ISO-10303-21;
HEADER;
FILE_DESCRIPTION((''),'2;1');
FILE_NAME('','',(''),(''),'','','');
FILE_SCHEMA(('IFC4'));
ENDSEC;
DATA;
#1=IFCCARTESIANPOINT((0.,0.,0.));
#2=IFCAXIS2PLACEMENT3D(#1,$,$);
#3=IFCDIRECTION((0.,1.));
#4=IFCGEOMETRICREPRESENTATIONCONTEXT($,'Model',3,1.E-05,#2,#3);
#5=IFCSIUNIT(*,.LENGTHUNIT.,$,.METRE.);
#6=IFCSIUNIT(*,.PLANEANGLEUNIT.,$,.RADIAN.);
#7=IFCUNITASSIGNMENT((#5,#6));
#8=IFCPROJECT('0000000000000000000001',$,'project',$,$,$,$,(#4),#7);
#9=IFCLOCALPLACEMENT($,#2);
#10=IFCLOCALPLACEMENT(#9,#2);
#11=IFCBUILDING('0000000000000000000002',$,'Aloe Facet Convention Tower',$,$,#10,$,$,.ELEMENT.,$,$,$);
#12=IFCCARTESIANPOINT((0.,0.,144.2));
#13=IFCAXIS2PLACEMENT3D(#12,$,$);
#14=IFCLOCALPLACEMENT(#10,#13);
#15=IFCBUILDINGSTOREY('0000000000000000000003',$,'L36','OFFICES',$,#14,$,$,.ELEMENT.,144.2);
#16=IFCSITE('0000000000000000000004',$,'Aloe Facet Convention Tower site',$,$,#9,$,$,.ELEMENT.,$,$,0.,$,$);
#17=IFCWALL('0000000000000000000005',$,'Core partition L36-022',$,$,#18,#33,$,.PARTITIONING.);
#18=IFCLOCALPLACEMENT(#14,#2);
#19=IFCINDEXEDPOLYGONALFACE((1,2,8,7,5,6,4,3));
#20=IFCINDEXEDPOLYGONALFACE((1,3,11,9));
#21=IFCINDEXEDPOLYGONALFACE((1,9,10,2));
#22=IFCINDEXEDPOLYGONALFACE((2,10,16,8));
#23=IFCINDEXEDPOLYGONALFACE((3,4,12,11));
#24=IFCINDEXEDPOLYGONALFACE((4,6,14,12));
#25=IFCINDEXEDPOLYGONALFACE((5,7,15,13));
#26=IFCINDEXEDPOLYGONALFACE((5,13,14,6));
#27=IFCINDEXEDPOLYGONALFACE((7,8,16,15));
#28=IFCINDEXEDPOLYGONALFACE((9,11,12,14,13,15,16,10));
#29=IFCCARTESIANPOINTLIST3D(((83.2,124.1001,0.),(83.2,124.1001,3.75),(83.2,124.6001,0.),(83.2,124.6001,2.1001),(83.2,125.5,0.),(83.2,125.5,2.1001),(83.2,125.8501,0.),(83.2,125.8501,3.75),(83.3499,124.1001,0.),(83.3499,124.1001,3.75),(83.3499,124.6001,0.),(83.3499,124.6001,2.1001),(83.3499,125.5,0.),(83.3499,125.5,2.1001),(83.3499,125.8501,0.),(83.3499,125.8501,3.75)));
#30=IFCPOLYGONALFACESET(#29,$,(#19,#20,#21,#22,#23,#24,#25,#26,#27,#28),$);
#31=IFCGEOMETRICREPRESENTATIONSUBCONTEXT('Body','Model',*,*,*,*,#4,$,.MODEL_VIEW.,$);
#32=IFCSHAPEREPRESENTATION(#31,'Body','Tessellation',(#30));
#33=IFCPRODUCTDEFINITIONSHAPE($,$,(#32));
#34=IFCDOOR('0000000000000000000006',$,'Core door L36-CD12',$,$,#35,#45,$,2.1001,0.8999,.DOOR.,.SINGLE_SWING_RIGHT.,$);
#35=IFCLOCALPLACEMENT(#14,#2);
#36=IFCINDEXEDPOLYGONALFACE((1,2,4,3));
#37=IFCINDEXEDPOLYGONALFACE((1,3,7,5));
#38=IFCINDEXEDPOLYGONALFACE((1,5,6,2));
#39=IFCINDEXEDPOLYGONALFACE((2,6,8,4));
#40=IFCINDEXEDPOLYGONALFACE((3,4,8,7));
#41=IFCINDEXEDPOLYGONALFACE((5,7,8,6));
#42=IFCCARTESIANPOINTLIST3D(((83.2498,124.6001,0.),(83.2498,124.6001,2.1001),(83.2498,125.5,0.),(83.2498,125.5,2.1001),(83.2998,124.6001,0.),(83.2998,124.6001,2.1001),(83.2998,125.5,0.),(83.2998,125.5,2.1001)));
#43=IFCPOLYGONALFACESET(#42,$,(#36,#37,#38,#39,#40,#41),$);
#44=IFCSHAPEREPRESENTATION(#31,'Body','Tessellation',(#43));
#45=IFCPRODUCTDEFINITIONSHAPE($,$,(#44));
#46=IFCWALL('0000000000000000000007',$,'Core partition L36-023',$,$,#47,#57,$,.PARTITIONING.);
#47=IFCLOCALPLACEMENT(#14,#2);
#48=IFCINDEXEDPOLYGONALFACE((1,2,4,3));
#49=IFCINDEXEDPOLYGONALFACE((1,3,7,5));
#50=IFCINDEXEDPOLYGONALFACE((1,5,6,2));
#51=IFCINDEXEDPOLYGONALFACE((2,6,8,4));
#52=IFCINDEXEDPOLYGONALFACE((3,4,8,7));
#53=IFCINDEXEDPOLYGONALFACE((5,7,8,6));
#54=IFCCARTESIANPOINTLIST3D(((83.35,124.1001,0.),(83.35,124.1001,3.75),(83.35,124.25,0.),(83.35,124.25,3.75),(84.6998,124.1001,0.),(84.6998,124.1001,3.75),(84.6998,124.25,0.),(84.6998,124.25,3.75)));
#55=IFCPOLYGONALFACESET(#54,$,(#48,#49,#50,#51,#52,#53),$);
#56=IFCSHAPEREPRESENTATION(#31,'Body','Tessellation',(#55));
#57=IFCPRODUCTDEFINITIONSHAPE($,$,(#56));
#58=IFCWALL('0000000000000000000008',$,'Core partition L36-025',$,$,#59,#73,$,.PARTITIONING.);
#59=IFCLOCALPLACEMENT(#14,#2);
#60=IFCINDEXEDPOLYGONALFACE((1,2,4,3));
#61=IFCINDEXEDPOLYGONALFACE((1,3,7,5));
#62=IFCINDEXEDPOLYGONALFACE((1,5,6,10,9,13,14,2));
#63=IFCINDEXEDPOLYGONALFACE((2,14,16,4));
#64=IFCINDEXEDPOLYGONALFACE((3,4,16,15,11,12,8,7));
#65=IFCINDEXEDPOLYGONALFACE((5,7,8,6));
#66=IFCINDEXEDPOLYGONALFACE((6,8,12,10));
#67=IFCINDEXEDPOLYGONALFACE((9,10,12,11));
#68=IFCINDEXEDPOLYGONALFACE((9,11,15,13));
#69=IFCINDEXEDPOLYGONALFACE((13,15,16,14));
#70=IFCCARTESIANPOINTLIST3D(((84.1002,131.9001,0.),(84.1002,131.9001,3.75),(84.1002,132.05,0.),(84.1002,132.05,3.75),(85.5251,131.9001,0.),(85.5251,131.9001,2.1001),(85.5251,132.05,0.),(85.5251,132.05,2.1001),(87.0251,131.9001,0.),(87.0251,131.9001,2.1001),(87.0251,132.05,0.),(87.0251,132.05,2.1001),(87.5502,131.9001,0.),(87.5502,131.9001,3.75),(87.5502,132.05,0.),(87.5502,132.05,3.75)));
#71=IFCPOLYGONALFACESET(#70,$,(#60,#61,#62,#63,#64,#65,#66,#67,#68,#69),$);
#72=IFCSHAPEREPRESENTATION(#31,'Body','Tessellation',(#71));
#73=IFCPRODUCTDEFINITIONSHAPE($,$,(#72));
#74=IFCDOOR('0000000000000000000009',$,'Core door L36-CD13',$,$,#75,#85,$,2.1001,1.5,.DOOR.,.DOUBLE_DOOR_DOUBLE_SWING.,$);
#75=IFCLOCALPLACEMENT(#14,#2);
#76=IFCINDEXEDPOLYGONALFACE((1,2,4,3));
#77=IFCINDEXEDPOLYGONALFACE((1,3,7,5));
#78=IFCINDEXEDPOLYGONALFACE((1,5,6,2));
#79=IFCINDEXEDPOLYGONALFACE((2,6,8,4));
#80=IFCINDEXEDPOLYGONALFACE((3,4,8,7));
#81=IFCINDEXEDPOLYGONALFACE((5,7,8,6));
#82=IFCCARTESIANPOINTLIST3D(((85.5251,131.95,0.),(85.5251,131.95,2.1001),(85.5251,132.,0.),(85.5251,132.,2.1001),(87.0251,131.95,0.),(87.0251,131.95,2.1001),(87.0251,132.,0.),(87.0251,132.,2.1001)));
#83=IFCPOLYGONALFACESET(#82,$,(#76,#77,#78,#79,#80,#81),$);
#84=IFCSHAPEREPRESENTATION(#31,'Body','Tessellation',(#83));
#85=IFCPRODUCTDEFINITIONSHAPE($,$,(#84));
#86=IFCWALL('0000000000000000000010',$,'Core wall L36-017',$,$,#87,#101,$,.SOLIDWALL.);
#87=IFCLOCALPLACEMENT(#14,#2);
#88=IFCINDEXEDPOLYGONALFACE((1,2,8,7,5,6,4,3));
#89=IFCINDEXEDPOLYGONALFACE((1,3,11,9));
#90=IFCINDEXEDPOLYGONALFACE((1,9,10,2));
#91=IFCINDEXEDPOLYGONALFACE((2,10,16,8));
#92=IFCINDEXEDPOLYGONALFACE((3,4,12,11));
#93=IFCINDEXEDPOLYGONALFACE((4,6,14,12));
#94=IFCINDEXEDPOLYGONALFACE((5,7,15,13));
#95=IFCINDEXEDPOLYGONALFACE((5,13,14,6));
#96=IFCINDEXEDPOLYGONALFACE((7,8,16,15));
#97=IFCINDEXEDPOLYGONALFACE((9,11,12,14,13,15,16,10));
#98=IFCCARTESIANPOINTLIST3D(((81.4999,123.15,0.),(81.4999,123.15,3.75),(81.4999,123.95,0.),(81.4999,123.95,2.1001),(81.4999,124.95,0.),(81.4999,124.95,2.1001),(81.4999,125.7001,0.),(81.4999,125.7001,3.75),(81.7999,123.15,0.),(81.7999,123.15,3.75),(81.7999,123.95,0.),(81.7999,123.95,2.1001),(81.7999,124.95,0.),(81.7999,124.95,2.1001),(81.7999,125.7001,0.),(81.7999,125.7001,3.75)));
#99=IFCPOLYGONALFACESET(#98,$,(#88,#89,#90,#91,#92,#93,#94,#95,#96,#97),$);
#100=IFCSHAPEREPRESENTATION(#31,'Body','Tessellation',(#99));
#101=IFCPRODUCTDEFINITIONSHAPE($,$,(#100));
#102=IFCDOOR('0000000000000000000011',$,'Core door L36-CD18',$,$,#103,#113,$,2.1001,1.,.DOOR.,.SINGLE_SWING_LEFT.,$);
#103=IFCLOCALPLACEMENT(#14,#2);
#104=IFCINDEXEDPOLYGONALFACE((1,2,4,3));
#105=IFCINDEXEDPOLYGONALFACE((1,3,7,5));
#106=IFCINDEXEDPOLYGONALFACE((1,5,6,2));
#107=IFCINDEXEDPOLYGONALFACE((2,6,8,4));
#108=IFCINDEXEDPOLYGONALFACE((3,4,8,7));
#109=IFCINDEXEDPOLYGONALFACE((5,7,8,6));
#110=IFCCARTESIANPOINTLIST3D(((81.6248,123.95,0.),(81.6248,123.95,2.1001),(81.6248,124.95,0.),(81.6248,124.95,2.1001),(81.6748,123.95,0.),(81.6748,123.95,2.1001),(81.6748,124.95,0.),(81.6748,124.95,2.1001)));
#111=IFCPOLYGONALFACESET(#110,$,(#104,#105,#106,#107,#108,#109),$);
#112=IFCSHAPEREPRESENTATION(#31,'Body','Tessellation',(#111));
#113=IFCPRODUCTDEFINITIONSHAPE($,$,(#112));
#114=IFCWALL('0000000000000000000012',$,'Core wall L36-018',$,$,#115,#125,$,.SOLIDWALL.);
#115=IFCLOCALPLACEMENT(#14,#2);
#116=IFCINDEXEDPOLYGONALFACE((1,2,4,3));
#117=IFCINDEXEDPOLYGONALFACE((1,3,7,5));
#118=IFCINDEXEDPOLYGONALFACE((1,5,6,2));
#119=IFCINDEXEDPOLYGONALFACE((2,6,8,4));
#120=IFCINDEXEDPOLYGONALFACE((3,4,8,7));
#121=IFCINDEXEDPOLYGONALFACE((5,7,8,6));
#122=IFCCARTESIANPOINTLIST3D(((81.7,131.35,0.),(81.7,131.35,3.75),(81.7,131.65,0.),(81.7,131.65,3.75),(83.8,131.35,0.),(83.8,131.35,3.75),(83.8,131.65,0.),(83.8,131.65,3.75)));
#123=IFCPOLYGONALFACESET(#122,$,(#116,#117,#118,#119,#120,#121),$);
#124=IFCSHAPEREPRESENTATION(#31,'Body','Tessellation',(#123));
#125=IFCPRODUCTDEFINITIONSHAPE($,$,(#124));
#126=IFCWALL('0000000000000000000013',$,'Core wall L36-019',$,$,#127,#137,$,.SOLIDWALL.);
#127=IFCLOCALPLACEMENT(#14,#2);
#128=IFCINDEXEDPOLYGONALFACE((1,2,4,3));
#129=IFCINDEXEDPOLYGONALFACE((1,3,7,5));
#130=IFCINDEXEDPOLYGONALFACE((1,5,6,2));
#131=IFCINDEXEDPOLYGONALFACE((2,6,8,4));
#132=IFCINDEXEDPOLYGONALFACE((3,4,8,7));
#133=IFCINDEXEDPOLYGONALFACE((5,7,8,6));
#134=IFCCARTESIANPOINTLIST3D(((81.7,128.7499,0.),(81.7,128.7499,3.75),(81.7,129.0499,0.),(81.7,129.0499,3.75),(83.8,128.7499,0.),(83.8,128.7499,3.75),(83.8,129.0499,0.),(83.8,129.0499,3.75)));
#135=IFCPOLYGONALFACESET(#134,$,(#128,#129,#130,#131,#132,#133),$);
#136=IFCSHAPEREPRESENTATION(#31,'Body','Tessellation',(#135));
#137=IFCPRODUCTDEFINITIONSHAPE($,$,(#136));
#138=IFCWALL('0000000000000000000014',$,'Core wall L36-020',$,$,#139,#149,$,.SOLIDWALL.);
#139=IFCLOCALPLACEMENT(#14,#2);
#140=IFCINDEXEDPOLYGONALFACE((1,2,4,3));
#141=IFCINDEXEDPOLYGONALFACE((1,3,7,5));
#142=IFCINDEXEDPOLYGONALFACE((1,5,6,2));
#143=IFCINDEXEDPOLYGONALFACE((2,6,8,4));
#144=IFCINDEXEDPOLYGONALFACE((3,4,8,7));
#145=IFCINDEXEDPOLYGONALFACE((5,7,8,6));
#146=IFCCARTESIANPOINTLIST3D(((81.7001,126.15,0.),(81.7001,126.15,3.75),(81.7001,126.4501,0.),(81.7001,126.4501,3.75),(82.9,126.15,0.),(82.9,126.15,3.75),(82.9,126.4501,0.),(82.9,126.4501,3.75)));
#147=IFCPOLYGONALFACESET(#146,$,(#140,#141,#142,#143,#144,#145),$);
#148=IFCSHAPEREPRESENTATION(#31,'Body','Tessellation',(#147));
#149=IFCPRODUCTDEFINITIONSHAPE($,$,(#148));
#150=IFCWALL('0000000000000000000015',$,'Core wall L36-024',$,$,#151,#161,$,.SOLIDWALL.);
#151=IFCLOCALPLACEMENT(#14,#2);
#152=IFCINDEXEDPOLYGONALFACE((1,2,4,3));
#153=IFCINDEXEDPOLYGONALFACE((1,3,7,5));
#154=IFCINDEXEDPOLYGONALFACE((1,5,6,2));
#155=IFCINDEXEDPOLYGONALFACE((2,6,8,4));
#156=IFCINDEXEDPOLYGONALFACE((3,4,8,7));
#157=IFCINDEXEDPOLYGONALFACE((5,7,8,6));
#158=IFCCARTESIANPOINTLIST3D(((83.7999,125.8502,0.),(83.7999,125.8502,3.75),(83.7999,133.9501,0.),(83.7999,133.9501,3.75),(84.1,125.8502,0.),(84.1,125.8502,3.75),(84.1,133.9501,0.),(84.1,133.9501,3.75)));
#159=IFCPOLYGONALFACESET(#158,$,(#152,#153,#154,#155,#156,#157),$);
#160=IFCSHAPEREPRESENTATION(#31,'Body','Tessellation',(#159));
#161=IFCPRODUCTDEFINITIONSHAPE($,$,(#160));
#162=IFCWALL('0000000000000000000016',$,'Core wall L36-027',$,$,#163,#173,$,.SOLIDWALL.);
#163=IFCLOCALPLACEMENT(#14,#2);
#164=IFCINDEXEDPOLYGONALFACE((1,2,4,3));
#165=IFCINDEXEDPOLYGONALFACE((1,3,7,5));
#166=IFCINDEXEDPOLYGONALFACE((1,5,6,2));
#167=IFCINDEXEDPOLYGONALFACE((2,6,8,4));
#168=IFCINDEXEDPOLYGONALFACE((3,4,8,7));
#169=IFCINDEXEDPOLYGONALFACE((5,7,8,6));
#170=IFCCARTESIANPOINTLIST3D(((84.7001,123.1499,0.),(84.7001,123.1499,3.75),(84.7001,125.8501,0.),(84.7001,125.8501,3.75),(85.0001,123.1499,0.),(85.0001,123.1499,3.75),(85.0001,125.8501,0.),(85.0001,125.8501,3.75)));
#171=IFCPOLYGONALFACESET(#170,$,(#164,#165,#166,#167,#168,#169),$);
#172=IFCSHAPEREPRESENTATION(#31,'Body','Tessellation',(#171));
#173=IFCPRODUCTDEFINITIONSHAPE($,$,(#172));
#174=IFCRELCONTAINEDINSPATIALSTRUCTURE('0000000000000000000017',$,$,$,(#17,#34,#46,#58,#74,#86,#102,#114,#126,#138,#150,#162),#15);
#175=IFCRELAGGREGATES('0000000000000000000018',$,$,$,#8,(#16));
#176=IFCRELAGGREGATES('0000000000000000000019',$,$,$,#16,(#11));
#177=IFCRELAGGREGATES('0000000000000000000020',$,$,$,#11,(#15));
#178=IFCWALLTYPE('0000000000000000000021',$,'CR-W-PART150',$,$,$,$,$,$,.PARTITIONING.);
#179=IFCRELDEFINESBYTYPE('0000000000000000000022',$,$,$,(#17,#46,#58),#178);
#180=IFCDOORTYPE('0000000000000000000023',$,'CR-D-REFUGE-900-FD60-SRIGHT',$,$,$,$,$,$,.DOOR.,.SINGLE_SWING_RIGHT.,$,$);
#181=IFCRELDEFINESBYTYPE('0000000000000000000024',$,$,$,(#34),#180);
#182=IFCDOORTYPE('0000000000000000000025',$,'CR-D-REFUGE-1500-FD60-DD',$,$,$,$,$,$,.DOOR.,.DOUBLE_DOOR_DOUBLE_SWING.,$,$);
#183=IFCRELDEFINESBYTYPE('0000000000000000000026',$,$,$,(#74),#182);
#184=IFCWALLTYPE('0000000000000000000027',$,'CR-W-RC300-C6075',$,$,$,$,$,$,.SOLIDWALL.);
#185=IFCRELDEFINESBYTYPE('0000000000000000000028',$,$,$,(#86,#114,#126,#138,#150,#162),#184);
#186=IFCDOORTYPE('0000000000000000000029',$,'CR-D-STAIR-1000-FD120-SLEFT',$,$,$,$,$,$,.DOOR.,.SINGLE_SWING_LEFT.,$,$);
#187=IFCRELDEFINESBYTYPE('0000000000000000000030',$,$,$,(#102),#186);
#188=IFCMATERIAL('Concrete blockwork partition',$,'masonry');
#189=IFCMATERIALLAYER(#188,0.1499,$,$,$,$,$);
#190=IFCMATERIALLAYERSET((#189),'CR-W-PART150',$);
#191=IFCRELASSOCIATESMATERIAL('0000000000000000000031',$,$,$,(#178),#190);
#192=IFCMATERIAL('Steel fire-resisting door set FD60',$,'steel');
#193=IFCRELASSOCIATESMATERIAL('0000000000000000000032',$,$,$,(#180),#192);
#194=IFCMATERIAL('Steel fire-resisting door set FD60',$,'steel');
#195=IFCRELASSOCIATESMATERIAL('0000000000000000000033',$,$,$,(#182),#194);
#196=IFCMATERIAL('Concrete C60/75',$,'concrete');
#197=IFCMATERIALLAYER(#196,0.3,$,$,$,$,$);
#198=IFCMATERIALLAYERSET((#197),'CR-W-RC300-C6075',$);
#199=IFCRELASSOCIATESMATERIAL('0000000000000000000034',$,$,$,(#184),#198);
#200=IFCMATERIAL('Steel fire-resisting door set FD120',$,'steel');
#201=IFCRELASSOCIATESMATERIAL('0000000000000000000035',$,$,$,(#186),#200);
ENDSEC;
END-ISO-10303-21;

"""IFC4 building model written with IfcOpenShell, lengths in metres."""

from ifc_helpers import new_model, si_unit, direction, frame, frame_2d, origin, place, context, subcontext, project, spatial, rectangle, extrude, material, layer, layer_set, type_object, element, fill, save


model = new_model("IFC4")

# Units and contexts
model_context = context("Model", 3, precision=1e-05, world=origin(), true_north=direction((0.0, 1.0)))
body_context = subcontext(model_context, "Body", "Model", "MODEL_VIEW")
ifc_project = project(units=[si_unit("LENGTHUNIT", "METRE"), si_unit("PLANEANGLEUNIT", "RADIAN")], contexts=[model_context])

# Site, building, storey
site_placement = place(None, origin())
site = spatial("IfcSite", under=ifc_project, at=site_placement, Name="Aloe Facet Convention Tower site", CompositionType="ELEMENT", RefElevation=0.0)
building_placement = place(site_placement, origin())
building = spatial("IfcBuilding", under=site, at=building_placement, Name="Aloe Facet Convention Tower", CompositionType="ELEMENT")
storey_placement = place(building_placement, frame((0.0, 0.0, 144.2)))
storey = spatial("IfcBuildingStorey", under=building, at=storey_placement, Name="L36", Description="OFFICES", CompositionType="ELEMENT", Elevation=144.2)

# Wall, opening, door
ifc_material_1 = material(Name="Concrete blockwork partition", Category="masonry")
ifc_layer_1 = layer(ifc_material_1, 0.1499)
ifc_layer_set_1 = layer_set([ifc_layer_1], Name="CR-W-PART150")
wall_type_1 = type_object("IfcWallType", Name="CR-W-PART150", PredefinedType="PARTITIONING", material=ifc_layer_set_1)
wall_1_placement = place(storey_placement, frame((83.2749, 125.8501, 0.0), z_axis=(0.0, 0.0, 1.0), x_axis=(0.0, -1.0, 0.0)))
wall_1 = element("IfcWall", 1, at=wall_1_placement, inside=storey, type_object=wall_type_1, Name="Core partition L36-022", PredefinedType="PARTITIONING", context=body_context, shape_type="SweptSolid", body=[
    extrude(rectangle(XDim=1.75, YDim=0.1499, at=frame_2d((0.875, 0.0))), origin(), (0.0, 0.0, 1.0), 3.75),
])
opening_1_placement = place(wall_1_placement, frame((0.3501, 0.0, 0.0)))
opening_1 = element("IfcOpeningElement", 2, at=opening_1_placement, cuts=wall_1, PredefinedType="OPENING", context=body_context, shape_type="SweptSolid", body=[
    extrude(rectangle(XDim=0.8999, YDim=2.1001, at=frame_2d((0.45, 1.05))), frame((0.0, 0.085, 0.0), z_axis=(0.0, -1.0, 0.0), x_axis=(1.0, 0.0, 0.0)), (0.0, 0.0, 1.0), 0.1699),
])
ifc_material_2 = material(Name="Steel fire-resisting door set FD60", Category="steel")
door_type_1 = type_object("IfcDoorType", Name="CR-D-REFUGE-900-FD60-SRIGHT", OperationType="SINGLE_SWING_RIGHT", PredefinedType="DOOR", material=ifc_material_2)
door_1_placement = place(opening_1_placement, origin())
door_1 = element("IfcDoor", 3, at=door_1_placement, inside=storey, type_object=door_type_1, Name="Core door L36-CD12", OperationType="SINGLE_SWING_RIGHT", OverallHeight=2.1001, OverallWidth=0.8999, PredefinedType="DOOR", context=body_context, shape_type="SweptSolid", body=[
    extrude(rectangle(XDim=0.8999, YDim=2.1001, at=frame_2d((0.45, 1.05))), frame((0.0, 0.0249, 0.0), z_axis=(0.0, -1.0, 0.0), x_axis=(1.0, 0.0, 0.0)), (0.0, 0.0, 1.0), 0.05),
])
fill(opening_1, door_1)

# Wall
wall_2_placement = place(storey_placement, frame((83.3501, 124.175, 0.0), z_axis=(0.0, 0.0, 1.0), x_axis=(1.0, 0.0, 0.0)))
element("IfcWall", 4, at=wall_2_placement, inside=storey, type_object=wall_type_1, Name="Core partition L36-023", PredefinedType="PARTITIONING", context=body_context, shape_type="SweptSolid", body=[
    extrude(rectangle(XDim=1.3499, YDim=0.1499, at=frame_2d((0.6748, 0.0))), origin(), (0.0, 0.0, 1.0), 3.75),
])

# Walls, openings, doors
wall_3_placement = place(storey_placement, frame((84.1001, 131.9751, 0.0), z_axis=(0.0, 0.0, 1.0), x_axis=(1.0, 0.0, 0.0)))
wall_3 = element("IfcWall", 5, at=wall_3_placement, inside=storey, type_object=wall_type_1, Name="Core partition L36-025", PredefinedType="PARTITIONING", context=body_context, shape_type="SweptSolid", body=[
    extrude(rectangle(XDim=3.45, YDim=0.1499, at=frame_2d((1.7251, 0.0))), origin(), (0.0, 0.0, 1.0), 3.75),
])
opening_2_placement = place(wall_3_placement, frame((1.425, 0.0, 0.0)))
opening_2 = element("IfcOpeningElement", 6, at=opening_2_placement, cuts=wall_3, PredefinedType="OPENING", context=body_context, shape_type="SweptSolid", body=[
    extrude(rectangle(XDim=1.5, YDim=2.1001, at=frame_2d((0.75, 1.05))), frame((0.0, 0.085, 0.0), z_axis=(0.0, -1.0, 0.0), x_axis=(1.0, 0.0, 0.0)), (0.0, 0.0, 1.0), 0.1699),
])
ifc_material_3 = material(Name="Steel fire-resisting door set FD60", Category="steel")
door_type_2 = type_object("IfcDoorType", Name="CR-D-REFUGE-1500-FD60-DD", OperationType="DOUBLE_DOOR_DOUBLE_SWING", PredefinedType="DOOR", material=ifc_material_3)
door_2_placement = place(opening_2_placement, origin())
door_2 = element("IfcDoor", 7, at=door_2_placement, inside=storey, type_object=door_type_2, Name="Core door L36-CD13", OperationType="DOUBLE_DOOR_DOUBLE_SWING", OverallHeight=2.1001, OverallWidth=1.5, PredefinedType="DOOR", context=body_context, shape_type="SweptSolid", body=[
    extrude(rectangle(XDim=1.5, YDim=2.1001, at=frame_2d((0.75, 1.05))), frame((0.0, 0.0249, 0.0), z_axis=(0.0, -1.0, 0.0), x_axis=(1.0, 0.0, 0.0)), (0.0, 0.0, 1.0), 0.05),
])
fill(opening_2, door_2)
ifc_material_4 = material(Name="Concrete C60/75", Category="concrete")
ifc_layer_2 = layer(ifc_material_4, 0.3)
ifc_layer_set_2 = layer_set([ifc_layer_2], Name="CR-W-RC300-C6075")
wall_type_2 = type_object("IfcWallType", Name="CR-W-RC300-C6075", PredefinedType="SOLIDWALL", material=ifc_layer_set_2)
wall_4_placement = place(storey_placement, frame((81.6499, 125.7, 0.0), z_axis=(0.0, 0.0, 1.0), x_axis=(0.0, -1.0, 0.0)))
wall_4 = element("IfcWall", 8, at=wall_4_placement, inside=storey, type_object=wall_type_2, Name="Core wall L36-017", PredefinedType="SOLIDWALL", context=body_context, shape_type="SweptSolid", body=[
    extrude(rectangle(XDim=2.55, YDim=0.3, at=frame_2d((1.2749, 0.0))), origin(), (0.0, 0.0, 1.0), 3.75),
])
opening_3_placement = place(wall_4_placement, frame((0.75, 0.0, 0.0)))
opening_3 = element("IfcOpeningElement", 9, at=opening_3_placement, cuts=wall_4, PredefinedType="OPENING", context=body_context, shape_type="SweptSolid", body=[
    extrude(rectangle(XDim=1.0, YDim=2.1001, at=frame_2d((0.5, 1.05))), frame((0.0, 0.1602, 0.0), z_axis=(0.0, -1.0, 0.0), x_axis=(1.0, 0.0, 0.0)), (0.0, 0.0, 1.0), 0.3201),
])
ifc_material_5 = material(Name="Steel fire-resisting door set FD120", Category="steel")
door_type_3 = type_object("IfcDoorType", Name="CR-D-STAIR-1000-FD120-SLEFT", OperationType="SINGLE_SWING_LEFT", PredefinedType="DOOR", material=ifc_material_5)
door_3_placement = place(opening_3_placement, origin())
door_3 = element("IfcDoor", 10, at=door_3_placement, inside=storey, type_object=door_type_3, Name="Core door L36-CD18", OperationType="SINGLE_SWING_LEFT", OverallHeight=2.1001, OverallWidth=1.0, PredefinedType="DOOR", context=body_context, shape_type="SweptSolid", body=[
    extrude(rectangle(XDim=1.0, YDim=2.1001, at=frame_2d((0.5, 1.05))), frame((0.0, 0.0249, 0.0), z_axis=(0.0, -1.0, 0.0), x_axis=(1.0, 0.0, 0.0)), (0.0, 0.0, 1.0), 0.05),
])
fill(opening_3, door_3)

# Walls
for number, where, z_axis, x_axis, name in (
    (11, (81.7, 131.5, 0.0), (0.0, 0.0, 1.0), (1.0, 0.0, 0.0), "Core wall L36-018"),
    (12, (81.7, 128.8999, 0.0), (0.0, 0.0, 1.0), (1.0, 0.0, 0.0), "Core wall L36-019"),
):
    element("IfcWall", number, at=place(storey_placement, frame(where, z_axis=z_axis, x_axis=x_axis)), inside=storey, type_object=wall_type_2, Name=name, PredefinedType="SOLIDWALL", context=body_context, shape_type="SweptSolid", body=[
        extrude(rectangle(XDim=2.1001, YDim=0.3, at=frame_2d((1.05, 0.0))), origin(), (0.0, 0.0, 1.0), 3.75),
    ])
wall_5_placement = place(storey_placement, frame((81.7, 126.3, 0.0), z_axis=(0.0, 0.0, 1.0), x_axis=(1.0, 0.0, 0.0)))
element("IfcWall", 13, at=wall_5_placement, inside=storey, type_object=wall_type_2, Name="Core wall L36-020", PredefinedType="SOLIDWALL", context=body_context, shape_type="SweptSolid", body=[
    extrude(rectangle(XDim=1.2, YDim=0.3, at=frame_2d((0.6001, 0.0))), origin(), (0.0, 0.0, 1.0), 3.75),
])
wall_6_placement = place(storey_placement, frame((83.95, 133.95, 0.0), z_axis=(0.0, 0.0, 1.0), x_axis=(0.0, -1.0, 0.0)))
element("IfcWall", 14, at=wall_6_placement, inside=storey, type_object=wall_type_2, Name="Core wall L36-024", PredefinedType="SOLIDWALL", context=body_context, shape_type="SweptSolid", body=[
    extrude(rectangle(XDim=8.0999, YDim=0.3, at=frame_2d((4.0498, 0.0))), origin(), (0.0, 0.0, 1.0), 3.75),
])
wall_7_placement = place(storey_placement, frame((84.8501, 125.8501, 0.0), z_axis=(0.0, 0.0, 1.0), x_axis=(0.0, -1.0, 0.0)))
element("IfcWall", 15, at=wall_7_placement, inside=storey, type_object=wall_type_2, Name="Core wall L36-027", PredefinedType="SOLIDWALL", context=body_context, shape_type="SweptSolid", body=[
    extrude(rectangle(XDim=2.7002, YDim=0.3, at=frame_2d((1.3501, 0.0))), origin(), (0.0, 0.0, 1.0), 3.75),
])

save(model, "model.ifc")
